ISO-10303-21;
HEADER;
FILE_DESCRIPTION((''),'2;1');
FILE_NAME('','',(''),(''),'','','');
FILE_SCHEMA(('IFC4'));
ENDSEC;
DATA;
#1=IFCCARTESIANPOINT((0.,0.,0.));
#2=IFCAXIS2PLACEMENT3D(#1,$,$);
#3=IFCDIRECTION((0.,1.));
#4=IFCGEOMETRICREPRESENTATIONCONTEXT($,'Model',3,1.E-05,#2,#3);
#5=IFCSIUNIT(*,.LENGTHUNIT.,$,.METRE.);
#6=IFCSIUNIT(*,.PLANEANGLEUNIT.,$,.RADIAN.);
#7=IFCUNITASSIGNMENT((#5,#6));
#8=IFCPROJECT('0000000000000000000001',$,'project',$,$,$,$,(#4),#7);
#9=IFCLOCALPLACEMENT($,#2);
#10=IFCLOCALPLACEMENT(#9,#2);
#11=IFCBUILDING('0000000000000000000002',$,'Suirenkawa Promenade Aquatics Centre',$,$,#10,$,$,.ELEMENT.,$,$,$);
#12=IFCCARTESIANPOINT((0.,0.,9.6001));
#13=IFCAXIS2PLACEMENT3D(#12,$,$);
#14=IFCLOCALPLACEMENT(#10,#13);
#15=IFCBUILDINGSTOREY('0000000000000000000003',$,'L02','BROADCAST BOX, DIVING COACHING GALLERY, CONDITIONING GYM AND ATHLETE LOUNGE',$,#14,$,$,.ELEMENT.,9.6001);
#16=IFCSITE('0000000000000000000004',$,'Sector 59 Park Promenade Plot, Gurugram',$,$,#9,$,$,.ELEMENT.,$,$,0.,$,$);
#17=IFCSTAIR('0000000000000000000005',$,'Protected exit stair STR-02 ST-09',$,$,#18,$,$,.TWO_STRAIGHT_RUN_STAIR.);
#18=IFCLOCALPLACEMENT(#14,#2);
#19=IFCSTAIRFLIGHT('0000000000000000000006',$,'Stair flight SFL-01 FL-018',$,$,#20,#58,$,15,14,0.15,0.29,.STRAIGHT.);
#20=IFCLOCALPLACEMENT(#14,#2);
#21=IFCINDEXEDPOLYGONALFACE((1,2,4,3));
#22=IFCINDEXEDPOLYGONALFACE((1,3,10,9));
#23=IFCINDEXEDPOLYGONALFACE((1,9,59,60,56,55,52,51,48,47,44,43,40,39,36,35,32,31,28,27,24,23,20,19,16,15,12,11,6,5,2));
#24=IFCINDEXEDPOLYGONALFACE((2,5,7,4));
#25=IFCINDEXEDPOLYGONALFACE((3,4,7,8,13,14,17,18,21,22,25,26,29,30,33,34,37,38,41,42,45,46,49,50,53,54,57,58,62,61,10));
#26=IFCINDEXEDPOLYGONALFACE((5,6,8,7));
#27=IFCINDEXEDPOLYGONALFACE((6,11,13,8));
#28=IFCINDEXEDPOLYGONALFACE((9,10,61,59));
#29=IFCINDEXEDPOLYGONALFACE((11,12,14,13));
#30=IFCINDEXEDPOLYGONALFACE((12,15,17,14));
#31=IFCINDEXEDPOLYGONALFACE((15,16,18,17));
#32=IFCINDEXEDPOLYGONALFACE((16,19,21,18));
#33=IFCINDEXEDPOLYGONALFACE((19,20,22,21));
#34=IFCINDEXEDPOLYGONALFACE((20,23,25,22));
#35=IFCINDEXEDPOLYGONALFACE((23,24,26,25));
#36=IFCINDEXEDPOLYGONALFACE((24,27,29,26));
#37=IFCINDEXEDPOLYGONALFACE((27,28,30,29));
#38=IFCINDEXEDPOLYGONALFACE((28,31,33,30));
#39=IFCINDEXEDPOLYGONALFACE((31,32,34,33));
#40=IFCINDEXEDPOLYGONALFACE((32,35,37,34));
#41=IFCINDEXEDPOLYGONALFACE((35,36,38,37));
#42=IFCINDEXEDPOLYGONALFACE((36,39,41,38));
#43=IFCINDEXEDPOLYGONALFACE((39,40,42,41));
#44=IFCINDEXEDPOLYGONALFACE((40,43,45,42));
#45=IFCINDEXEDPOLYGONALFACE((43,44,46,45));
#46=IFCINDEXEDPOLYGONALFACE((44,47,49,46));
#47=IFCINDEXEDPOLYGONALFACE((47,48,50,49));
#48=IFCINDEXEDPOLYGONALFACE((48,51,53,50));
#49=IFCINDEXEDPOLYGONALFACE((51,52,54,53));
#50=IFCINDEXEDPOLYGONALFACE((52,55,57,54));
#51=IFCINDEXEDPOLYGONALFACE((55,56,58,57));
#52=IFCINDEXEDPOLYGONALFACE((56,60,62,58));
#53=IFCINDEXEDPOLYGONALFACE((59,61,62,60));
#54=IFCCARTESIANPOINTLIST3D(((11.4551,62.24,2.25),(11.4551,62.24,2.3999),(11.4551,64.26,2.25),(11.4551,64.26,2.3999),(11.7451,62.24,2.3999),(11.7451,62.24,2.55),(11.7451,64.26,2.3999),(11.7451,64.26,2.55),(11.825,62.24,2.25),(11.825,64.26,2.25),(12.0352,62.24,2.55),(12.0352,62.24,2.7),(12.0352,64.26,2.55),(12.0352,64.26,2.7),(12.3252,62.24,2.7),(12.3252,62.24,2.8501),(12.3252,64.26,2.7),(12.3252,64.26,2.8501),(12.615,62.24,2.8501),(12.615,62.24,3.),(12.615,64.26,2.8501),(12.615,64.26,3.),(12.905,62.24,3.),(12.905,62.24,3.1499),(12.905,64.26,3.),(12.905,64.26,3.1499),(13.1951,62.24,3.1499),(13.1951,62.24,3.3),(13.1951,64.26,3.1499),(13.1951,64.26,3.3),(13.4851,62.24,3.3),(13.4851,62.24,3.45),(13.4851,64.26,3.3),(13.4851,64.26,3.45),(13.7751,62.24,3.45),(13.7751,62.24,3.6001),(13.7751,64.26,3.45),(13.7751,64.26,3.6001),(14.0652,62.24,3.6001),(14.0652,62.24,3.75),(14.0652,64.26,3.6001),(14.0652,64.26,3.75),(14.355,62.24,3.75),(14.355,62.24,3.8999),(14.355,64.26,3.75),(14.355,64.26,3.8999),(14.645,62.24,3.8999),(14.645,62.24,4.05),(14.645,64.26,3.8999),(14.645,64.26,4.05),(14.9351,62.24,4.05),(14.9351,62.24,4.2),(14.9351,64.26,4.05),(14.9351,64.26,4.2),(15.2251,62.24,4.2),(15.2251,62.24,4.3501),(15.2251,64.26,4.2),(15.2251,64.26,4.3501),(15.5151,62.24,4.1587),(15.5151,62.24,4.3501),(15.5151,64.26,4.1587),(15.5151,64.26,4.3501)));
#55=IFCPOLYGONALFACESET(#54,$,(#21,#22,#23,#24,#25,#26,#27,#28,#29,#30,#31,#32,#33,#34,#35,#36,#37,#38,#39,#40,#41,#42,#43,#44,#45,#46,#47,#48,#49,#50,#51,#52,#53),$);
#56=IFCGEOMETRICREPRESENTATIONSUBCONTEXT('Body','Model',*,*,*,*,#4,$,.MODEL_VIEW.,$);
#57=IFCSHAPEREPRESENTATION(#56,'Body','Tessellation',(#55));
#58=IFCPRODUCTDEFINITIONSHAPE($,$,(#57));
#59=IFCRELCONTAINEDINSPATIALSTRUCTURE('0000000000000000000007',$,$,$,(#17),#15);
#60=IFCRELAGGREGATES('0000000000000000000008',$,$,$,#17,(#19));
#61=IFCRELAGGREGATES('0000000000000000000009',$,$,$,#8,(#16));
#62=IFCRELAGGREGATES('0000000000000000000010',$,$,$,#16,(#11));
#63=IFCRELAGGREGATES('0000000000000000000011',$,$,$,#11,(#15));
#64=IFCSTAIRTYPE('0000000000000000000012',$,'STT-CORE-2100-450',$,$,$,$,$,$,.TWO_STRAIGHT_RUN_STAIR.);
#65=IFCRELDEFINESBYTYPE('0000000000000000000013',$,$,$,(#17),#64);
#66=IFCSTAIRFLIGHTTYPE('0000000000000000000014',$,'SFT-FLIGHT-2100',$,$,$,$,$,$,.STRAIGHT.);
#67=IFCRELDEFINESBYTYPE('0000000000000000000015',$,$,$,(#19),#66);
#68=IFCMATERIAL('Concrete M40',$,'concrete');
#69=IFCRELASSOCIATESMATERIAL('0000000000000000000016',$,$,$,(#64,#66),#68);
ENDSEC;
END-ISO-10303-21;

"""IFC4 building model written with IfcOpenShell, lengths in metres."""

from ifc_helpers import new_model, si_unit, direction, frame, origin, place, context, subcontext, project, spatial, polyline, outline, extrude, material, type_object, element, aggregate, save


model = new_model("IFC4")

# Units and contexts
model_context = context("Model", 3, precision=1e-05, world=origin(), true_north=direction((0.0, 1.0)))
body_context = subcontext(model_context, "Body", "Model", "MODEL_VIEW")
ifc_project = project(units=[si_unit("LENGTHUNIT", "METRE"), si_unit("PLANEANGLEUNIT", "RADIAN")], contexts=[model_context])

# Site, building, storey
site_placement = place(None, origin())
site = spatial("IfcSite", under=ifc_project, at=site_placement, Name="Sector 59 Park Promenade Plot, Gurugram", CompositionType="ELEMENT", RefElevation=0.0)
building_placement = place(site_placement, origin())
building = spatial("IfcBuilding", under=site, at=building_placement, Name="Suirenkawa Promenade Aquatics Centre", CompositionType="ELEMENT")
storey_placement = place(building_placement, frame((0.0, 0.0, 9.6001)))
storey = spatial("IfcBuildingStorey", under=building, at=storey_placement, Name="L02", Description="BROADCAST BOX, DIVING COACHING GALLERY, CONDITIONING GYM AND ATHLETE LOUNGE", CompositionType="ELEMENT", Elevation=9.6001)

# Shared definitions
ifc_material_1 = material(Name="Concrete M40", Category="concrete")

# Stair, stair flight
stair_type = type_object("IfcStairType", Name="STT-CORE-2100-450", PredefinedType="TWO_STRAIGHT_RUN_STAIR", material=ifc_material_1)
stair_placement = place(storey_placement, origin())
stair = element("IfcStair", 1, at=stair_placement, inside=storey, type_object=stair_type, Name="Protected exit stair STR-02 ST-09", PredefinedType="TWO_STRAIGHT_RUN_STAIR")
stair_flight_type = type_object("IfcStairFlightType", Name="SFT-FLIGHT-2100", PredefinedType="STRAIGHT", material=ifc_material_1)
stair_flight_1_placement = place(storey_placement, frame((11.4551, 63.25, 2.25), z_axis=(0.0, 0.0, 1.0), x_axis=(1.0, 0.0, 0.0)))
stair_flight_1 = element("IfcStairFlight", 2, at=stair_flight_1_placement, type_object=stair_flight_type, Name="Stair flight SFL-01 FL-018", NumberOfRisers=15, NumberOfTreads=14, PredefinedType="STRAIGHT", RiserHeight=0.15, TreadLength=0.29, context=body_context, shape_type="SweptSolid", body=[
    extrude(outline(polyline([(0.0, 0.0), (0.0, 0.1499), (0.29, 0.1499), (0.29, 0.3), (0.5801, 0.3), (0.5801, 0.45), (0.8701, 0.45), (0.8701, 0.6001), (1.1599, 0.6001), (1.1599, 0.75), (1.45, 0.75), (1.45, 0.8999), (1.74, 0.8999), (1.74, 1.05), (2.03, 1.05), (2.03, 1.2), (2.3201, 1.2), (2.3201, 1.3501), (2.6101, 1.3501), (2.6101, 1.5), (2.8999, 1.5), (2.8999, 1.6499), (3.1899, 1.6499), (3.1899, 1.8), (3.48, 1.8), (3.48, 1.95), (3.77, 1.95), (3.77, 2.1001), (4.0601, 2.1001), (4.0601, 2.25), (4.0601, 1.9087), (0.3699, 0.0), (0.0, 0.0)])), frame((0.0, 1.01, 0.0), z_axis=(0.0, -1.0, 0.0), x_axis=(1.0, 0.0, 0.0)), (0.0, 0.0, 1.0), 2.02),
])
aggregate(stair, [stair_flight_1])

save(model, "model.ifc")
